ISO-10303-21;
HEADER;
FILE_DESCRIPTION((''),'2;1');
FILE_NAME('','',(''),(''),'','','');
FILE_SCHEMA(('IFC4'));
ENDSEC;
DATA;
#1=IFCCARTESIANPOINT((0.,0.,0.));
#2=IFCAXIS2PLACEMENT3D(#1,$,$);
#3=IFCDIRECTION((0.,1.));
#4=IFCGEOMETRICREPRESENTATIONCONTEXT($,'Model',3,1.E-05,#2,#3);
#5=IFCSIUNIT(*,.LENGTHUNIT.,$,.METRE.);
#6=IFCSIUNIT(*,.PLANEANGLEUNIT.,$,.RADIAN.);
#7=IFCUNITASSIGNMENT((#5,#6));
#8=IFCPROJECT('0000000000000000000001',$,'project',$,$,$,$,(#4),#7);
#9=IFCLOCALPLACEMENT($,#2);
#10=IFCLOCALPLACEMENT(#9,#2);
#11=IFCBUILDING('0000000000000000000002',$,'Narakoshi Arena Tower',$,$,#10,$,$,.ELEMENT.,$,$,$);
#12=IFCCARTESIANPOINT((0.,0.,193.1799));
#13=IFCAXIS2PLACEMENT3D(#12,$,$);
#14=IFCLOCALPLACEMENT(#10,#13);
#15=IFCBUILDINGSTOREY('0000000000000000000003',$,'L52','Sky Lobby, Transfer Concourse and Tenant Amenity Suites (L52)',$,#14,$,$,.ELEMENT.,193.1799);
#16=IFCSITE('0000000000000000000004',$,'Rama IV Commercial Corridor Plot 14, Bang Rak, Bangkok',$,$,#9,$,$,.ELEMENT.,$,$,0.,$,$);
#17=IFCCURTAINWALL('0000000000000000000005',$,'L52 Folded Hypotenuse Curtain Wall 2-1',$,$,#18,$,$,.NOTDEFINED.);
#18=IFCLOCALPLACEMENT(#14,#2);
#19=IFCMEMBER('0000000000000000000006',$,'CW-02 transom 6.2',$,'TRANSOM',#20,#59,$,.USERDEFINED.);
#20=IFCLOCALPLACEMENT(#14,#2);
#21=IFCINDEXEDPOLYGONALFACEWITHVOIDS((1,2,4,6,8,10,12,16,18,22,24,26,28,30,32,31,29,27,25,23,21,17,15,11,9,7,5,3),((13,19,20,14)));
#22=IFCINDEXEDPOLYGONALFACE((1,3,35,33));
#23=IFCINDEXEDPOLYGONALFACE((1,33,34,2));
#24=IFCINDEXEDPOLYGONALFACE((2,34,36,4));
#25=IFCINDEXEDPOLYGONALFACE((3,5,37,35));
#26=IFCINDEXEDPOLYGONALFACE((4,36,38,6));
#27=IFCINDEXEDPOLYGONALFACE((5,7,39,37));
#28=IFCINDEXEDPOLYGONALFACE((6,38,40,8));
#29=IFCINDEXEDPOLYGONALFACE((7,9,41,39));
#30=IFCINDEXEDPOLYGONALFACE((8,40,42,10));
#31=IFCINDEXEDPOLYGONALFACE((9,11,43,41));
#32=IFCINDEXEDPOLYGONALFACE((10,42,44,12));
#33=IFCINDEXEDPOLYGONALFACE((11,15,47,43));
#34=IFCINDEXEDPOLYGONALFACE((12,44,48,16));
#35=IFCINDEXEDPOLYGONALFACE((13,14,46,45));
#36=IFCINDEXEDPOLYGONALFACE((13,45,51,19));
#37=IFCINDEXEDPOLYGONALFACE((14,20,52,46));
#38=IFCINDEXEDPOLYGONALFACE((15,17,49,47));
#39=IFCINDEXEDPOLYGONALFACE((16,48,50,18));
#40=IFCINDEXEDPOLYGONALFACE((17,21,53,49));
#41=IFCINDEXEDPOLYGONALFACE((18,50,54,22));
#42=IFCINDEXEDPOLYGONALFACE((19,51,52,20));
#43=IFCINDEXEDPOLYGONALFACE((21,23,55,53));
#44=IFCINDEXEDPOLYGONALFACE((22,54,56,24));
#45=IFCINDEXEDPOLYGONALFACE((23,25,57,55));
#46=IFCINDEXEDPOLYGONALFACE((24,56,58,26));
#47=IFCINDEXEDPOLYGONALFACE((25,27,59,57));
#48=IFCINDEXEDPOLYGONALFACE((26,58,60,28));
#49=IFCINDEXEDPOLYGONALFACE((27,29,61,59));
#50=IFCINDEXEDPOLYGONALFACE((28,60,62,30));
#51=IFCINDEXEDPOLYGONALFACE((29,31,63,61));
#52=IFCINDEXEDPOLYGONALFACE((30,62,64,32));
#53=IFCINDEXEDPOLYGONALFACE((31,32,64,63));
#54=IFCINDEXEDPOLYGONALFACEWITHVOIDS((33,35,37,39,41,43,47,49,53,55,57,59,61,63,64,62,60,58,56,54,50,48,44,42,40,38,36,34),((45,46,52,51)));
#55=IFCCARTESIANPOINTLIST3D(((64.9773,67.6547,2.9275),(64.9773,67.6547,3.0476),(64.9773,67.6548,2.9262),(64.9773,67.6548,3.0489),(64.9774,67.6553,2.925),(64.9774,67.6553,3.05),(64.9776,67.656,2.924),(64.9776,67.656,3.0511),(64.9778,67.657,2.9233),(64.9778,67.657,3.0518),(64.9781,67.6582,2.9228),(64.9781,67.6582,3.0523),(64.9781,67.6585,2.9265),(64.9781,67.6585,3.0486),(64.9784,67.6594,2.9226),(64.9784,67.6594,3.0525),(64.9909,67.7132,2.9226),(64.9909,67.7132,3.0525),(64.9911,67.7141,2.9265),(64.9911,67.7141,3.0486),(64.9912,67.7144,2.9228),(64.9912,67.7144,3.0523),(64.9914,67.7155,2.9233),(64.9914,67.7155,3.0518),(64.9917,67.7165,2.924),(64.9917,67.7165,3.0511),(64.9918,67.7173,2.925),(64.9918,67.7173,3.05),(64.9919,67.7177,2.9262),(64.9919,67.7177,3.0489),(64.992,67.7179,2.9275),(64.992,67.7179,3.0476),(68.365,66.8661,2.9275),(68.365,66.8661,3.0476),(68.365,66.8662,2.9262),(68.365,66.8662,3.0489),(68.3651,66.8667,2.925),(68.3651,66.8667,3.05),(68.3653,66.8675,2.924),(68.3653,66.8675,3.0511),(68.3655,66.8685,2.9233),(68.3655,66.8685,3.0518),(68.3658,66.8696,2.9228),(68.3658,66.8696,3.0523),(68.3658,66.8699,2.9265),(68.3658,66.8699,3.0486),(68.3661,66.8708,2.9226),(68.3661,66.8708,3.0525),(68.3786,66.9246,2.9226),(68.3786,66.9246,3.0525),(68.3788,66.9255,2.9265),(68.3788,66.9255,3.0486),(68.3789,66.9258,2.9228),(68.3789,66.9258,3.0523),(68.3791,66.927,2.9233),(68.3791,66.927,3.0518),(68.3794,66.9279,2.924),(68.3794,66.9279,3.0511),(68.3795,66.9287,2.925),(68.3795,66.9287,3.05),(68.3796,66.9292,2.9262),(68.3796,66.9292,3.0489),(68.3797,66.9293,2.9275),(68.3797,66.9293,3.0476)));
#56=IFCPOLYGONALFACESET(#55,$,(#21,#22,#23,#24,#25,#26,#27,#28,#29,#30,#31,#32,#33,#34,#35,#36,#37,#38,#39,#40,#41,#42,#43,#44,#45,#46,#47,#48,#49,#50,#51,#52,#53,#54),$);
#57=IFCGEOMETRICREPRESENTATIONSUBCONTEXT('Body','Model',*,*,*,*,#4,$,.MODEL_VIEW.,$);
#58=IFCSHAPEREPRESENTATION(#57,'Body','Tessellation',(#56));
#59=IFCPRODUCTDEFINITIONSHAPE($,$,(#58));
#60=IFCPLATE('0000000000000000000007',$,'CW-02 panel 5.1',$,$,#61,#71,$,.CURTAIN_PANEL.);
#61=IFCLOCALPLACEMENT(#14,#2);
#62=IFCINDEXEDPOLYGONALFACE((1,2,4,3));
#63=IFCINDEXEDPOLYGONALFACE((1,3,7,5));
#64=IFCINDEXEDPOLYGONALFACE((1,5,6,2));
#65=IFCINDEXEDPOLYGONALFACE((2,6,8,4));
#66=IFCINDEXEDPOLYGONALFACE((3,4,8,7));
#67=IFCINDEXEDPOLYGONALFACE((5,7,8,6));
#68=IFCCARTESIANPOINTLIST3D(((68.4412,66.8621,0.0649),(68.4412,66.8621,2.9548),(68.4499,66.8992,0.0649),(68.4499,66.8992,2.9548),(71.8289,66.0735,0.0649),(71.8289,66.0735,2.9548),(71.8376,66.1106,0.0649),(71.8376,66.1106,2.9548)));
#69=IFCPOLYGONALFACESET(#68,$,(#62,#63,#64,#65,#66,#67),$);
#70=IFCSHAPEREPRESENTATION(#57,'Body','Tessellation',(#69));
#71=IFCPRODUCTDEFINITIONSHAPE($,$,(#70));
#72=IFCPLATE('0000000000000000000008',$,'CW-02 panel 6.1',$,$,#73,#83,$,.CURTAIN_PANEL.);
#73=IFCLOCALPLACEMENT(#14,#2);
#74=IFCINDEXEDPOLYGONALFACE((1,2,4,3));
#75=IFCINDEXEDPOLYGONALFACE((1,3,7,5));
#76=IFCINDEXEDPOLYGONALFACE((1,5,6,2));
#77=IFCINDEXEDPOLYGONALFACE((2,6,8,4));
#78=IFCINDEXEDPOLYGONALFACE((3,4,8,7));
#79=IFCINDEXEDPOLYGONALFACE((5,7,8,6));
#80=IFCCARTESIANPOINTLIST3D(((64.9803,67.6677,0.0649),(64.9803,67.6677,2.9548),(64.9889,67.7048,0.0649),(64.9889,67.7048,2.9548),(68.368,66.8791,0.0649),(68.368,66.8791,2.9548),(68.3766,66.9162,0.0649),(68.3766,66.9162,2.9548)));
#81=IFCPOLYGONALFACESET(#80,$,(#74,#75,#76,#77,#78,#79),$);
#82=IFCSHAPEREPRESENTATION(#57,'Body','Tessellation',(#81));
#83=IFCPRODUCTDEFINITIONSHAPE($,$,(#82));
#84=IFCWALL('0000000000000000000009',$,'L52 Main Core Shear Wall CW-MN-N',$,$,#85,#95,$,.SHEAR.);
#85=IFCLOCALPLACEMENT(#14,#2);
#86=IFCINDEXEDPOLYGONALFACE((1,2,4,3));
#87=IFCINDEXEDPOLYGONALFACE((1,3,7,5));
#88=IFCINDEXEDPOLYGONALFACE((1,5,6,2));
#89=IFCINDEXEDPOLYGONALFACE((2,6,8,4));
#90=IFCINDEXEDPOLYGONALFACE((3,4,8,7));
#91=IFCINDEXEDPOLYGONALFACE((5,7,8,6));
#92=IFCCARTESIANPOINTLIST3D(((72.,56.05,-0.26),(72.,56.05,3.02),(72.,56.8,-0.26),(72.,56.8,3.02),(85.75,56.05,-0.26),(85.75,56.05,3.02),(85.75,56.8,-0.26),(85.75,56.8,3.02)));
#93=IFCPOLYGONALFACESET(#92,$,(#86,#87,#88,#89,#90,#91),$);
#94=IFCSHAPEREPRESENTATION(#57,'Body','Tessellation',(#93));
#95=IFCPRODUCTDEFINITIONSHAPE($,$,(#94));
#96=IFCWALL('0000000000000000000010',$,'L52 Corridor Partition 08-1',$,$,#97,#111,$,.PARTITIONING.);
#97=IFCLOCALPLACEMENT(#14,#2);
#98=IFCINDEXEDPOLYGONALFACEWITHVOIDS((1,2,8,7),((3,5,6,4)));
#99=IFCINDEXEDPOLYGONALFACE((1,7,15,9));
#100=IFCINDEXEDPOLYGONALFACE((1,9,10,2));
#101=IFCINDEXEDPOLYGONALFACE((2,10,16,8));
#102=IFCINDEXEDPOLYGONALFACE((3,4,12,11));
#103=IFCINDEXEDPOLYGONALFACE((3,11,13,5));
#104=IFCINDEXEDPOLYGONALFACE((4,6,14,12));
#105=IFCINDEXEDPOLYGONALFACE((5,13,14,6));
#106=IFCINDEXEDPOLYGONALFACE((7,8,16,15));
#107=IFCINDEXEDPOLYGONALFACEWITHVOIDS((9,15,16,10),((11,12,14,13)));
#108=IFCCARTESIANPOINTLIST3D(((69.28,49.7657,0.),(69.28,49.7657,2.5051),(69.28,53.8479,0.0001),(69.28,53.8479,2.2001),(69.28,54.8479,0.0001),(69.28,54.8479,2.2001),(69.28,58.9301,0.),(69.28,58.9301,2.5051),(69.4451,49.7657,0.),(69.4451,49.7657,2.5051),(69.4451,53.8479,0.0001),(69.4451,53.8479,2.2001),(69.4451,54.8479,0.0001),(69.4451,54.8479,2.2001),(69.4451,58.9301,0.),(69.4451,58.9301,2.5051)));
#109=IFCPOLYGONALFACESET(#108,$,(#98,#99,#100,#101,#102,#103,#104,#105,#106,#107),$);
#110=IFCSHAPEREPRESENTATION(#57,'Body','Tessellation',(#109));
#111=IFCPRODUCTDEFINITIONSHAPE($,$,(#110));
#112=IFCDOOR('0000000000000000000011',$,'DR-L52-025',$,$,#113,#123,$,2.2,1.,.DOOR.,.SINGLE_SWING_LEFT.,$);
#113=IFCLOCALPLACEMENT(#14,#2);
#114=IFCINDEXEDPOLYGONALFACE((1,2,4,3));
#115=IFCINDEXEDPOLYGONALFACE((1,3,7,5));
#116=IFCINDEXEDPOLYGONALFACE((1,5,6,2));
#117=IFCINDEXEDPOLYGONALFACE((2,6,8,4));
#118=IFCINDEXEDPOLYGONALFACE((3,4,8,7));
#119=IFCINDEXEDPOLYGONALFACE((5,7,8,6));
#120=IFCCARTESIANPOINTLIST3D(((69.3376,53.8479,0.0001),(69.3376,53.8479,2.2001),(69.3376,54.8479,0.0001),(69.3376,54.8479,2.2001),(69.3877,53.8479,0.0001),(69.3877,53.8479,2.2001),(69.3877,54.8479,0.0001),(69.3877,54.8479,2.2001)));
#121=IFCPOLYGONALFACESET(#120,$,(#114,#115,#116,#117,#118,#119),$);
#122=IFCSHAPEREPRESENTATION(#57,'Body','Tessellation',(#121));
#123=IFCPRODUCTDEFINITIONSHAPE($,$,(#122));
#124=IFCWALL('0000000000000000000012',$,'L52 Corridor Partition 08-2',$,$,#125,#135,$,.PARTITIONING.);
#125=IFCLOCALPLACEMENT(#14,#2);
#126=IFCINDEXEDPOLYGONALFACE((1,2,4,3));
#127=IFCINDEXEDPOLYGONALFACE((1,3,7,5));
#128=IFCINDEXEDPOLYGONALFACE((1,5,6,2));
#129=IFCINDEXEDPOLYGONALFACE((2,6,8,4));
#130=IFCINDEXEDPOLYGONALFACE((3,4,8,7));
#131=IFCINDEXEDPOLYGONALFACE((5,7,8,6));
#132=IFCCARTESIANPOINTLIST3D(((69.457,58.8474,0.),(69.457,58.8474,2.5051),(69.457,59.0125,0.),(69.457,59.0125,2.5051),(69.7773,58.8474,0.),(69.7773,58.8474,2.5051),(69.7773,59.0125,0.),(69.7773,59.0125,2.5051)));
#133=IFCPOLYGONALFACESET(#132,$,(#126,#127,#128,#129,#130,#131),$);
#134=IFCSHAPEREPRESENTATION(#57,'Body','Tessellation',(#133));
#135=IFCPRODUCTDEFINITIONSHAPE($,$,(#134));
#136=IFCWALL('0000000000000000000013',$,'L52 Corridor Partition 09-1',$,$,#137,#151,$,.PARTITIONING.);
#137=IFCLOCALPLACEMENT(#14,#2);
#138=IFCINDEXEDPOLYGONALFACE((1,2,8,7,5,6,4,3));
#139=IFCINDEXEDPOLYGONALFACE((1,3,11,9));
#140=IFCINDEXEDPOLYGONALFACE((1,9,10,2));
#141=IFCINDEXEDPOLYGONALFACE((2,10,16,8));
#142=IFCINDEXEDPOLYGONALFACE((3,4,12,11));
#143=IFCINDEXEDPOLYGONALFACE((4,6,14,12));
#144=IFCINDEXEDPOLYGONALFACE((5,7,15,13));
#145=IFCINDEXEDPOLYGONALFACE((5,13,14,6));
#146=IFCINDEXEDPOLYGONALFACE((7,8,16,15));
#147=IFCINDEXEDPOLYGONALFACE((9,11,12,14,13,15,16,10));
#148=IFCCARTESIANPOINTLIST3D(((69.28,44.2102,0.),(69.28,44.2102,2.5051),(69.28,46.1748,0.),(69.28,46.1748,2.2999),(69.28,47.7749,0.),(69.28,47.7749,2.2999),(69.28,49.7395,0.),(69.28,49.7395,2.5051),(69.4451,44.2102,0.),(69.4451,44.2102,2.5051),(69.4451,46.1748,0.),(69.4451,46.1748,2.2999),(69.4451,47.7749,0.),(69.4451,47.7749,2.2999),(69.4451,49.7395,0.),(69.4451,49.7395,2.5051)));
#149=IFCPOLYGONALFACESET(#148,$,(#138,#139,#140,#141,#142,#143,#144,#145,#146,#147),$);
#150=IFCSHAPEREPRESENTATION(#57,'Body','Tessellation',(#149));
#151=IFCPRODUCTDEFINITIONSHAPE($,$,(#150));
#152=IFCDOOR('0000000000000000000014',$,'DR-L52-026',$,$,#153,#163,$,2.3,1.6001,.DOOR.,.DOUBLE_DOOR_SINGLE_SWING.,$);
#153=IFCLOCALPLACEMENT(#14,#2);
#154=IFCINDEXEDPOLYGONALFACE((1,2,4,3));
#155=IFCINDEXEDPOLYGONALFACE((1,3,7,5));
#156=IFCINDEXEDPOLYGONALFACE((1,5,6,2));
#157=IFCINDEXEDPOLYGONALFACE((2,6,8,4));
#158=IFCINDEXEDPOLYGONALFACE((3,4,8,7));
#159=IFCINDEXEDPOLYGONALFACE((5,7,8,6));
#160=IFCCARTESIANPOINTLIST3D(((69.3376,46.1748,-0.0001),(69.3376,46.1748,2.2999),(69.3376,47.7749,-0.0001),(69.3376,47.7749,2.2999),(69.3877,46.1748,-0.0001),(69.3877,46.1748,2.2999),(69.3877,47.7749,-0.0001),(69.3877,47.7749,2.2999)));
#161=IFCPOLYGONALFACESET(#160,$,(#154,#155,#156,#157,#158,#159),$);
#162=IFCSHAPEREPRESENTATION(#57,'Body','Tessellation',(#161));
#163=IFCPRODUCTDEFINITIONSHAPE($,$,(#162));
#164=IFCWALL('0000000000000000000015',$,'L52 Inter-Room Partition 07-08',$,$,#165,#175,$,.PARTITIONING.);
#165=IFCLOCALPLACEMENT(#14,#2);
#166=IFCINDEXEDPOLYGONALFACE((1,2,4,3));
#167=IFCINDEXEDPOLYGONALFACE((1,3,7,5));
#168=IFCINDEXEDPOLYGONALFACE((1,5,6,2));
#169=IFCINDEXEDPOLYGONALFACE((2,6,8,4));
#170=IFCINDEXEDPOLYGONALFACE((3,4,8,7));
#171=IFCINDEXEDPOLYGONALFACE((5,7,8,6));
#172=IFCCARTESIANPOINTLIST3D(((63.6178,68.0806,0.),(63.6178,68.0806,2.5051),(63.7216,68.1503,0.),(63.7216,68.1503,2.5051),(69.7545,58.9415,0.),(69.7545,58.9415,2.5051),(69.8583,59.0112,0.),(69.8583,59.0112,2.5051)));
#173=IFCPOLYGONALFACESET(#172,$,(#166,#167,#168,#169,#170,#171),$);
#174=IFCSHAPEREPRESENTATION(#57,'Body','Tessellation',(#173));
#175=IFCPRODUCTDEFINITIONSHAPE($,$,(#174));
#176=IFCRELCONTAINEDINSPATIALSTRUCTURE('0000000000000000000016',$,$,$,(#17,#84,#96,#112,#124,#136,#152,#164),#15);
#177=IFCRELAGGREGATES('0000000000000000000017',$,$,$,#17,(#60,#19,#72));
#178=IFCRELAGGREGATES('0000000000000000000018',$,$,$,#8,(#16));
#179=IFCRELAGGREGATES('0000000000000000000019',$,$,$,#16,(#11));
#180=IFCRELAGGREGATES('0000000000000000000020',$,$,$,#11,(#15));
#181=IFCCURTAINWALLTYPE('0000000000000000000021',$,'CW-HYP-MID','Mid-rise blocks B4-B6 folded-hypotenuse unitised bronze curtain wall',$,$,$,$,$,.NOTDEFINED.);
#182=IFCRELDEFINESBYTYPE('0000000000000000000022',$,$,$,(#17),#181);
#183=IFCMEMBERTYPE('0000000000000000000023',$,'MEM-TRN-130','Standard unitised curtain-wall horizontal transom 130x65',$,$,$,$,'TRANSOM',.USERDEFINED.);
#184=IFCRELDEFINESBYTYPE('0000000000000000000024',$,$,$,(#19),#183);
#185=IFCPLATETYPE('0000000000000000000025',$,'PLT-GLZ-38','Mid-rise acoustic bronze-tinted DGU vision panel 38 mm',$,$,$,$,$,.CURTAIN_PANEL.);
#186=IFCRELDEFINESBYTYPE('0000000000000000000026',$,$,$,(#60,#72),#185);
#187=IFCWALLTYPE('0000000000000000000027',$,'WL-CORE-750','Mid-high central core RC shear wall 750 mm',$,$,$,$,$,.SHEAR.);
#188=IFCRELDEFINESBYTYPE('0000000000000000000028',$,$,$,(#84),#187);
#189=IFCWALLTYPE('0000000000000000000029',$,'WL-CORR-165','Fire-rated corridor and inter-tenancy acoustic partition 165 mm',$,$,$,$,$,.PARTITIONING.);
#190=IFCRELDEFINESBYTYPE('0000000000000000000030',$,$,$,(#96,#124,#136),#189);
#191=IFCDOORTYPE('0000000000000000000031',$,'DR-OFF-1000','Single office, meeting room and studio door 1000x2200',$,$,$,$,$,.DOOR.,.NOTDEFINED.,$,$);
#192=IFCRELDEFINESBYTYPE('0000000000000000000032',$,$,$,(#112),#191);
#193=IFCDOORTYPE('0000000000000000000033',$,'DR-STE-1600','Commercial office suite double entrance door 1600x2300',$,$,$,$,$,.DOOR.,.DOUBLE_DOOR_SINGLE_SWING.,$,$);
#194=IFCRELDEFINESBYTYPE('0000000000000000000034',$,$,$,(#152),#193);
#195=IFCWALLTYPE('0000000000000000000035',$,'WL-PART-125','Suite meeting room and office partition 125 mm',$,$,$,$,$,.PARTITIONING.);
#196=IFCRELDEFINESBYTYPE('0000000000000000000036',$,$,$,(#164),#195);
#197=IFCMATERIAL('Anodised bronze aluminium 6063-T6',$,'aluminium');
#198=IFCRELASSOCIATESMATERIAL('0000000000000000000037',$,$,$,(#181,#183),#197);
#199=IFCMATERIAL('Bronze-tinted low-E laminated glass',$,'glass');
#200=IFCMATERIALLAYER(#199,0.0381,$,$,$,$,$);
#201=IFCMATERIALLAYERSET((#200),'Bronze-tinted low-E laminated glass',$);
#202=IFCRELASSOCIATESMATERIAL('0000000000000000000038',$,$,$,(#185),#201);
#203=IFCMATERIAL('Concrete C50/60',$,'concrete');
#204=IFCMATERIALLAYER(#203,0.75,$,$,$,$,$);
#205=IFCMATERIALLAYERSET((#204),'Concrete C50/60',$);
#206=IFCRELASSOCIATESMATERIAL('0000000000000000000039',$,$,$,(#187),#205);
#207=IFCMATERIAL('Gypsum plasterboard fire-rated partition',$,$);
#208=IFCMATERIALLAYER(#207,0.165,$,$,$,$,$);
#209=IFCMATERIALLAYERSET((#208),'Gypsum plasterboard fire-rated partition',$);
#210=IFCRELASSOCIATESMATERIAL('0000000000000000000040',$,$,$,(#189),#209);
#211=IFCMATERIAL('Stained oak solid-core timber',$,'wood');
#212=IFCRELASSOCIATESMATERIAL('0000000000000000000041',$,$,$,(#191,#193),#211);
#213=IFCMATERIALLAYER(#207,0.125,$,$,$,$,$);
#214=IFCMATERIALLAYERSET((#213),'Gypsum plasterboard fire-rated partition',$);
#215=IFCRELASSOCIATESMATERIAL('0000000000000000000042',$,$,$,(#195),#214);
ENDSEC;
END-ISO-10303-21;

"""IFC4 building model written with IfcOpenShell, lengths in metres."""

from ifc_helpers import new_model, si_unit, direction, frame, frame_2d, origin, origin_2d, place, context, subcontext, project, spatial, rectangle, hollow_rectangle, extrude, material, layer, layer_set, material_profile, profile_set, type_object, element, fill, aggregate, save


model = new_model("IFC4")

# Units and contexts
model_context = context("Model", 3, precision=1e-05, world=origin(), true_north=direction((0.0, 1.0)))
body_context = subcontext(model_context, "Body", "Model", "MODEL_VIEW")
ifc_project = project(units=[si_unit("LENGTHUNIT", "METRE"), si_unit("PLANEANGLEUNIT", "RADIAN")], contexts=[model_context])

# Site, building, storey
site_placement = place(None, origin())
site = spatial("IfcSite", under=ifc_project, at=site_placement, Name="Rama IV Commercial Corridor Plot 14, Bang Rak, Bangkok", CompositionType="ELEMENT", RefElevation=0.0)
building_placement = place(site_placement, origin())
building = spatial("IfcBuilding", under=site, at=building_placement, Name="Narakoshi Arena Tower", CompositionType="ELEMENT")
storey_placement = place(building_placement, frame((0.0, 0.0, 193.1799)))
storey = spatial("IfcBuildingStorey", under=building, at=storey_placement, Name="L52", Description="Sky Lobby, Transfer Concourse and Tenant Amenity Suites (L52)", CompositionType="ELEMENT", Elevation=193.1799)

# Curtain wall, member, plates
ifc_material_1 = material(Name="Anodised bronze aluminium 6063-T6", Category="aluminium")
curtain_wall_type = type_object("IfcCurtainWallType", Name="CW-HYP-MID", Description="Mid-rise blocks B4-B6 folded-hypotenuse unitised bronze curtain wall", PredefinedType="NOTDEFINED", material=ifc_material_1)
curtain_wall_placement = place(storey_placement, origin())
curtain_wall = element("IfcCurtainWall", 1, at=curtain_wall_placement, inside=storey, type_object=curtain_wall_type, Name="L52 Folded Hypotenuse Curtain Wall 2-1", PredefinedType="NOTDEFINED")
ifc_material_profile_1 = material_profile(ifc_material_1, hollow_rectangle(XDim=0.0649, YDim=0.1299, WallThickness=0.0039, OuterFilletRadius=0.0049, at=origin_2d()), Name="TRN130x65x4")
ifc_profile_set_1 = profile_set([ifc_material_profile_1], Name="Anodised bronze aluminium 6063-T6")
member_type_1 = type_object("IfcMemberType", Name="MEM-TRN-130", Description="Standard unitised curtain-wall horizontal transom 130x65", ElementType="TRANSOM", PredefinedType="USERDEFINED", material=ifc_profile_set_1)
member_1_placement = place(storey_placement, frame((68.3723, 66.8977, 2.9875), z_axis=(-0.973961, 0.226715, 0.0), x_axis=(-0.226715, -0.973961, 0.0)))
member_1 = element("IfcMember", 2, at=member_1_placement, type_object=member_type_1, Name="CW-02 transom 6.2", ObjectType="TRANSOM", PredefinedType="USERDEFINED", context=body_context, shape_type="SweptSolid", body=[
    extrude(hollow_rectangle(XDim=0.0649, YDim=0.1299, WallThickness=0.0039, OuterFilletRadius=0.0049, at=origin_2d()), origin(), (0.0, 0.0, 1.0), 3.4783),
])
ifc_material_2 = material(Name="Bronze-tinted low-E laminated glass", Category="glass")
ifc_layer_1 = layer(ifc_material_2, 0.0381)
ifc_layer_set_1 = layer_set([ifc_layer_1], Name="Bronze-tinted low-E laminated glass")
plate_type = type_object("IfcPlateType", Name="PLT-GLZ-38", Description="Mid-rise acoustic bronze-tinted DGU vision panel 38 mm", PredefinedType="CURTAIN_PANEL", material=ifc_layer_set_1)
plate_1_placement = place(storey_placement, frame((70.1394, 66.4863, 0.0649), z_axis=(0.0, 0.0, 1.0), x_axis=(-0.97396, 0.226721, 0.0)))
plate_1 = element("IfcPlate", 3, at=plate_1_placement, type_object=plate_type, Name="CW-02 panel 5.1", PredefinedType="CURTAIN_PANEL", context=body_context, shape_type="SweptSolid", body=[
    extrude(rectangle(XDim=3.4783, YDim=0.0381, at=origin_2d()), origin(), (0.0, 0.0, 1.0), 2.8899),
])
plate_2_placement = place(storey_placement, frame((66.6785, 67.292, 0.0649), z_axis=(0.0, 0.0, 1.0), x_axis=(-0.97396, 0.226721, 0.0)))
plate_2 = element("IfcPlate", 4, at=plate_2_placement, type_object=plate_type, Name="CW-02 panel 6.1", PredefinedType="CURTAIN_PANEL", context=body_context, shape_type="SweptSolid", body=[
    extrude(rectangle(XDim=3.4783, YDim=0.0381, at=origin_2d()), origin(), (0.0, 0.0, 1.0), 2.8899),
])
aggregate(curtain_wall, [plate_1, member_1, plate_2])

# Wall
ifc_material_3 = material(Name="Concrete C50/60", Category="concrete")
ifc_layer_2 = layer(ifc_material_3, 0.75)
ifc_layer_set_2 = layer_set([ifc_layer_2], Name="Concrete C50/60")
wall_type_1 = type_object("IfcWallType", Name="WL-CORE-750", Description="Mid-high central core RC shear wall 750 mm", PredefinedType="SHEAR", material=ifc_layer_set_2)
wall_1_placement = place(storey_placement, frame((72.0, 56.425, -0.26), z_axis=(0.0, 0.0, 1.0), x_axis=(1.0, 0.0, 0.0)))
element("IfcWall", 5, at=wall_1_placement, inside=storey, type_object=wall_type_1, Name="L52 Main Core Shear Wall CW-MN-N", PredefinedType="SHEAR", context=body_context, shape_type="SweptSolid", body=[
    extrude(rectangle(XDim=13.75, YDim=0.75, at=frame_2d((6.875, 0.0))), origin(), (0.0, 0.0, 1.0), 3.28),
])

# Wall, opening, door
ifc_material_4 = material(Name="Gypsum plasterboard fire-rated partition")
ifc_layer_3 = layer(ifc_material_4, 0.165)
ifc_layer_set_3 = layer_set([ifc_layer_3], Name="Gypsum plasterboard fire-rated partition")
wall_type_2 = type_object("IfcWallType", Name="WL-CORR-165", Description="Fire-rated corridor and inter-tenancy acoustic partition 165 mm", PredefinedType="PARTITIONING", material=ifc_layer_set_3)
wall_2_placement = place(storey_placement, frame((69.3625, 58.9299, 0.0), z_axis=(0.0, 0.0, 1.0), x_axis=(0.0, -1.0, 0.0)))
wall_2 = element("IfcWall", 6, at=wall_2_placement, inside=storey, type_object=wall_type_2, Name="L52 Corridor Partition 08-1", PredefinedType="PARTITIONING", context=body_context, shape_type="SweptSolid", body=[
    extrude(rectangle(XDim=9.1643, YDim=0.165, at=frame_2d((4.582, 0.0))), origin(), (0.0, 0.0, 1.0), 2.5051),
])
opening_1_placement = place(wall_2_placement, frame((4.082, 0.0, 0.0)))
opening_1 = element("IfcOpeningElement", 7, at=opening_1_placement, cuts=wall_2, PredefinedType="OPENING", context=body_context, shape_type="SweptSolid", body=[
    extrude(rectangle(XDim=1.0, YDim=2.2, at=frame_2d((0.5, 1.1001))), frame((0.0, 0.0925, 0.0), z_axis=(0.0, -1.0, 0.0), x_axis=(1.0, 0.0, 0.0)), (0.0, 0.0, 1.0), 0.1851),
])
ifc_material_5 = material(Name="Stained oak solid-core timber", Category="wood")
door_type_1 = type_object("IfcDoorType", Name="DR-OFF-1000", Description="Single office, meeting room and studio door 1000x2200", OperationType="NOTDEFINED", PredefinedType="DOOR", material=ifc_material_5)
door_1_placement = place(opening_1_placement, frame((1.0, 0.0, 0.0), z_axis=(0.0, 0.0, 1.0), x_axis=(-1.0, 0.0, 0.0)))
door_1 = element("IfcDoor", 8, at=door_1_placement, inside=storey, type_object=door_type_1, Name="DR-L52-025", OperationType="SINGLE_SWING_LEFT", OverallHeight=2.2, OverallWidth=1.0, PredefinedType="DOOR", context=body_context, shape_type="SweptSolid", body=[
    extrude(rectangle(XDim=1.0, YDim=2.2, at=frame_2d((0.5, 1.1001))), frame((0.0, 0.0249, 0.0), z_axis=(0.0, -1.0, 0.0), x_axis=(1.0, 0.0, 0.0)), (0.0, 0.0, 1.0), 0.05),
])
fill(opening_1, door_1)

# Wall
wall_3_placement = place(storey_placement, frame((69.7773, 58.9299, 0.0), z_axis=(0.0, 0.0, 1.0), x_axis=(-1.0, 0.0, 0.0)))
element("IfcWall", 9, at=wall_3_placement, inside=storey, type_object=wall_type_2, Name="L52 Corridor Partition 08-2", PredefinedType="PARTITIONING", context=body_context, shape_type="SweptSolid", body=[
    extrude(rectangle(XDim=0.3203, YDim=0.165, at=frame_2d((0.1602, 0.0))), origin(), (0.0, 0.0, 1.0), 2.5051),
])

# Wall, opening, door
wall_4_placement = place(storey_placement, frame((69.3625, 49.7395, 0.0), z_axis=(0.0, 0.0, 1.0), x_axis=(0.0, -1.0, 0.0)))
wall_4 = element("IfcWall", 10, at=wall_4_placement, inside=storey, type_object=wall_type_2, Name="L52 Corridor Partition 09-1", PredefinedType="PARTITIONING", context=body_context, shape_type="SweptSolid", body=[
    extrude(rectangle(XDim=5.5293, YDim=0.165, at=frame_2d((2.7646, 0.0))), origin(), (0.0, 0.0, 1.0), 2.5051),
])
opening_2_placement = place(wall_4_placement, frame((1.9646, 0.0, 0.0)))
opening_2 = element("IfcOpeningElement", 11, at=opening_2_placement, cuts=wall_4, PredefinedType="OPENING", context=body_context, shape_type="SweptSolid", body=[
    extrude(rectangle(XDim=1.6001, YDim=2.3, at=frame_2d((0.8, 1.1499))), frame((0.0, 0.0925, 0.0), z_axis=(0.0, -1.0, 0.0), x_axis=(1.0, 0.0, 0.0)), (0.0, 0.0, 1.0), 0.1851),
])
door_type_2 = type_object("IfcDoorType", Name="DR-STE-1600", Description="Commercial office suite double entrance door 1600x2300", OperationType="DOUBLE_DOOR_SINGLE_SWING", PredefinedType="DOOR", material=ifc_material_5)
door_2_placement = place(opening_2_placement, frame((1.6001, 0.0, 0.0), z_axis=(0.0, 0.0, 1.0), x_axis=(-1.0, 0.0, 0.0)))
door_2 = element("IfcDoor", 12, at=door_2_placement, inside=storey, type_object=door_type_2, Name="DR-L52-026", OperationType="DOUBLE_DOOR_SINGLE_SWING", OverallHeight=2.3, OverallWidth=1.6001, PredefinedType="DOOR", context=body_context, shape_type="SweptSolid", body=[
    extrude(rectangle(XDim=1.6001, YDim=2.3, at=frame_2d((0.8, 1.1499))), frame((0.0, 0.0249, 0.0), z_axis=(0.0, -1.0, 0.0), x_axis=(1.0, 0.0, 0.0)), (0.0, 0.0, 1.0), 0.05),
])
fill(opening_2, door_2)

# Wall
ifc_layer_4 = layer(ifc_material_4, 0.125)
ifc_layer_set_4 = layer_set([ifc_layer_4], Name="Gypsum plasterboard fire-rated partition")
wall_type_3 = type_object("IfcWallType", Name="WL-PART-125", Description="Suite meeting room and office partition 125 mm", PredefinedType="PARTITIONING", material=ifc_layer_set_4)
wall_5_placement = place(storey_placement, frame((69.8064, 58.9763, 0.0), z_axis=(0.0, 0.0, 1.0), x_axis=(-0.557461, 0.830203, 0.0)))
element("IfcWall", 13, at=wall_5_placement, inside=storey, type_object=wall_type_3, Name="L52 Inter-Room Partition 07-08", PredefinedType="PARTITIONING", context=body_context, shape_type="SweptSolid", body=[
    extrude(rectangle(XDim=11.0083, YDim=0.125, at=frame_2d((5.5042, 0.0))), origin(), (0.0, 0.0, 1.0), 2.5051),
])

save(model, "model.ifc")
